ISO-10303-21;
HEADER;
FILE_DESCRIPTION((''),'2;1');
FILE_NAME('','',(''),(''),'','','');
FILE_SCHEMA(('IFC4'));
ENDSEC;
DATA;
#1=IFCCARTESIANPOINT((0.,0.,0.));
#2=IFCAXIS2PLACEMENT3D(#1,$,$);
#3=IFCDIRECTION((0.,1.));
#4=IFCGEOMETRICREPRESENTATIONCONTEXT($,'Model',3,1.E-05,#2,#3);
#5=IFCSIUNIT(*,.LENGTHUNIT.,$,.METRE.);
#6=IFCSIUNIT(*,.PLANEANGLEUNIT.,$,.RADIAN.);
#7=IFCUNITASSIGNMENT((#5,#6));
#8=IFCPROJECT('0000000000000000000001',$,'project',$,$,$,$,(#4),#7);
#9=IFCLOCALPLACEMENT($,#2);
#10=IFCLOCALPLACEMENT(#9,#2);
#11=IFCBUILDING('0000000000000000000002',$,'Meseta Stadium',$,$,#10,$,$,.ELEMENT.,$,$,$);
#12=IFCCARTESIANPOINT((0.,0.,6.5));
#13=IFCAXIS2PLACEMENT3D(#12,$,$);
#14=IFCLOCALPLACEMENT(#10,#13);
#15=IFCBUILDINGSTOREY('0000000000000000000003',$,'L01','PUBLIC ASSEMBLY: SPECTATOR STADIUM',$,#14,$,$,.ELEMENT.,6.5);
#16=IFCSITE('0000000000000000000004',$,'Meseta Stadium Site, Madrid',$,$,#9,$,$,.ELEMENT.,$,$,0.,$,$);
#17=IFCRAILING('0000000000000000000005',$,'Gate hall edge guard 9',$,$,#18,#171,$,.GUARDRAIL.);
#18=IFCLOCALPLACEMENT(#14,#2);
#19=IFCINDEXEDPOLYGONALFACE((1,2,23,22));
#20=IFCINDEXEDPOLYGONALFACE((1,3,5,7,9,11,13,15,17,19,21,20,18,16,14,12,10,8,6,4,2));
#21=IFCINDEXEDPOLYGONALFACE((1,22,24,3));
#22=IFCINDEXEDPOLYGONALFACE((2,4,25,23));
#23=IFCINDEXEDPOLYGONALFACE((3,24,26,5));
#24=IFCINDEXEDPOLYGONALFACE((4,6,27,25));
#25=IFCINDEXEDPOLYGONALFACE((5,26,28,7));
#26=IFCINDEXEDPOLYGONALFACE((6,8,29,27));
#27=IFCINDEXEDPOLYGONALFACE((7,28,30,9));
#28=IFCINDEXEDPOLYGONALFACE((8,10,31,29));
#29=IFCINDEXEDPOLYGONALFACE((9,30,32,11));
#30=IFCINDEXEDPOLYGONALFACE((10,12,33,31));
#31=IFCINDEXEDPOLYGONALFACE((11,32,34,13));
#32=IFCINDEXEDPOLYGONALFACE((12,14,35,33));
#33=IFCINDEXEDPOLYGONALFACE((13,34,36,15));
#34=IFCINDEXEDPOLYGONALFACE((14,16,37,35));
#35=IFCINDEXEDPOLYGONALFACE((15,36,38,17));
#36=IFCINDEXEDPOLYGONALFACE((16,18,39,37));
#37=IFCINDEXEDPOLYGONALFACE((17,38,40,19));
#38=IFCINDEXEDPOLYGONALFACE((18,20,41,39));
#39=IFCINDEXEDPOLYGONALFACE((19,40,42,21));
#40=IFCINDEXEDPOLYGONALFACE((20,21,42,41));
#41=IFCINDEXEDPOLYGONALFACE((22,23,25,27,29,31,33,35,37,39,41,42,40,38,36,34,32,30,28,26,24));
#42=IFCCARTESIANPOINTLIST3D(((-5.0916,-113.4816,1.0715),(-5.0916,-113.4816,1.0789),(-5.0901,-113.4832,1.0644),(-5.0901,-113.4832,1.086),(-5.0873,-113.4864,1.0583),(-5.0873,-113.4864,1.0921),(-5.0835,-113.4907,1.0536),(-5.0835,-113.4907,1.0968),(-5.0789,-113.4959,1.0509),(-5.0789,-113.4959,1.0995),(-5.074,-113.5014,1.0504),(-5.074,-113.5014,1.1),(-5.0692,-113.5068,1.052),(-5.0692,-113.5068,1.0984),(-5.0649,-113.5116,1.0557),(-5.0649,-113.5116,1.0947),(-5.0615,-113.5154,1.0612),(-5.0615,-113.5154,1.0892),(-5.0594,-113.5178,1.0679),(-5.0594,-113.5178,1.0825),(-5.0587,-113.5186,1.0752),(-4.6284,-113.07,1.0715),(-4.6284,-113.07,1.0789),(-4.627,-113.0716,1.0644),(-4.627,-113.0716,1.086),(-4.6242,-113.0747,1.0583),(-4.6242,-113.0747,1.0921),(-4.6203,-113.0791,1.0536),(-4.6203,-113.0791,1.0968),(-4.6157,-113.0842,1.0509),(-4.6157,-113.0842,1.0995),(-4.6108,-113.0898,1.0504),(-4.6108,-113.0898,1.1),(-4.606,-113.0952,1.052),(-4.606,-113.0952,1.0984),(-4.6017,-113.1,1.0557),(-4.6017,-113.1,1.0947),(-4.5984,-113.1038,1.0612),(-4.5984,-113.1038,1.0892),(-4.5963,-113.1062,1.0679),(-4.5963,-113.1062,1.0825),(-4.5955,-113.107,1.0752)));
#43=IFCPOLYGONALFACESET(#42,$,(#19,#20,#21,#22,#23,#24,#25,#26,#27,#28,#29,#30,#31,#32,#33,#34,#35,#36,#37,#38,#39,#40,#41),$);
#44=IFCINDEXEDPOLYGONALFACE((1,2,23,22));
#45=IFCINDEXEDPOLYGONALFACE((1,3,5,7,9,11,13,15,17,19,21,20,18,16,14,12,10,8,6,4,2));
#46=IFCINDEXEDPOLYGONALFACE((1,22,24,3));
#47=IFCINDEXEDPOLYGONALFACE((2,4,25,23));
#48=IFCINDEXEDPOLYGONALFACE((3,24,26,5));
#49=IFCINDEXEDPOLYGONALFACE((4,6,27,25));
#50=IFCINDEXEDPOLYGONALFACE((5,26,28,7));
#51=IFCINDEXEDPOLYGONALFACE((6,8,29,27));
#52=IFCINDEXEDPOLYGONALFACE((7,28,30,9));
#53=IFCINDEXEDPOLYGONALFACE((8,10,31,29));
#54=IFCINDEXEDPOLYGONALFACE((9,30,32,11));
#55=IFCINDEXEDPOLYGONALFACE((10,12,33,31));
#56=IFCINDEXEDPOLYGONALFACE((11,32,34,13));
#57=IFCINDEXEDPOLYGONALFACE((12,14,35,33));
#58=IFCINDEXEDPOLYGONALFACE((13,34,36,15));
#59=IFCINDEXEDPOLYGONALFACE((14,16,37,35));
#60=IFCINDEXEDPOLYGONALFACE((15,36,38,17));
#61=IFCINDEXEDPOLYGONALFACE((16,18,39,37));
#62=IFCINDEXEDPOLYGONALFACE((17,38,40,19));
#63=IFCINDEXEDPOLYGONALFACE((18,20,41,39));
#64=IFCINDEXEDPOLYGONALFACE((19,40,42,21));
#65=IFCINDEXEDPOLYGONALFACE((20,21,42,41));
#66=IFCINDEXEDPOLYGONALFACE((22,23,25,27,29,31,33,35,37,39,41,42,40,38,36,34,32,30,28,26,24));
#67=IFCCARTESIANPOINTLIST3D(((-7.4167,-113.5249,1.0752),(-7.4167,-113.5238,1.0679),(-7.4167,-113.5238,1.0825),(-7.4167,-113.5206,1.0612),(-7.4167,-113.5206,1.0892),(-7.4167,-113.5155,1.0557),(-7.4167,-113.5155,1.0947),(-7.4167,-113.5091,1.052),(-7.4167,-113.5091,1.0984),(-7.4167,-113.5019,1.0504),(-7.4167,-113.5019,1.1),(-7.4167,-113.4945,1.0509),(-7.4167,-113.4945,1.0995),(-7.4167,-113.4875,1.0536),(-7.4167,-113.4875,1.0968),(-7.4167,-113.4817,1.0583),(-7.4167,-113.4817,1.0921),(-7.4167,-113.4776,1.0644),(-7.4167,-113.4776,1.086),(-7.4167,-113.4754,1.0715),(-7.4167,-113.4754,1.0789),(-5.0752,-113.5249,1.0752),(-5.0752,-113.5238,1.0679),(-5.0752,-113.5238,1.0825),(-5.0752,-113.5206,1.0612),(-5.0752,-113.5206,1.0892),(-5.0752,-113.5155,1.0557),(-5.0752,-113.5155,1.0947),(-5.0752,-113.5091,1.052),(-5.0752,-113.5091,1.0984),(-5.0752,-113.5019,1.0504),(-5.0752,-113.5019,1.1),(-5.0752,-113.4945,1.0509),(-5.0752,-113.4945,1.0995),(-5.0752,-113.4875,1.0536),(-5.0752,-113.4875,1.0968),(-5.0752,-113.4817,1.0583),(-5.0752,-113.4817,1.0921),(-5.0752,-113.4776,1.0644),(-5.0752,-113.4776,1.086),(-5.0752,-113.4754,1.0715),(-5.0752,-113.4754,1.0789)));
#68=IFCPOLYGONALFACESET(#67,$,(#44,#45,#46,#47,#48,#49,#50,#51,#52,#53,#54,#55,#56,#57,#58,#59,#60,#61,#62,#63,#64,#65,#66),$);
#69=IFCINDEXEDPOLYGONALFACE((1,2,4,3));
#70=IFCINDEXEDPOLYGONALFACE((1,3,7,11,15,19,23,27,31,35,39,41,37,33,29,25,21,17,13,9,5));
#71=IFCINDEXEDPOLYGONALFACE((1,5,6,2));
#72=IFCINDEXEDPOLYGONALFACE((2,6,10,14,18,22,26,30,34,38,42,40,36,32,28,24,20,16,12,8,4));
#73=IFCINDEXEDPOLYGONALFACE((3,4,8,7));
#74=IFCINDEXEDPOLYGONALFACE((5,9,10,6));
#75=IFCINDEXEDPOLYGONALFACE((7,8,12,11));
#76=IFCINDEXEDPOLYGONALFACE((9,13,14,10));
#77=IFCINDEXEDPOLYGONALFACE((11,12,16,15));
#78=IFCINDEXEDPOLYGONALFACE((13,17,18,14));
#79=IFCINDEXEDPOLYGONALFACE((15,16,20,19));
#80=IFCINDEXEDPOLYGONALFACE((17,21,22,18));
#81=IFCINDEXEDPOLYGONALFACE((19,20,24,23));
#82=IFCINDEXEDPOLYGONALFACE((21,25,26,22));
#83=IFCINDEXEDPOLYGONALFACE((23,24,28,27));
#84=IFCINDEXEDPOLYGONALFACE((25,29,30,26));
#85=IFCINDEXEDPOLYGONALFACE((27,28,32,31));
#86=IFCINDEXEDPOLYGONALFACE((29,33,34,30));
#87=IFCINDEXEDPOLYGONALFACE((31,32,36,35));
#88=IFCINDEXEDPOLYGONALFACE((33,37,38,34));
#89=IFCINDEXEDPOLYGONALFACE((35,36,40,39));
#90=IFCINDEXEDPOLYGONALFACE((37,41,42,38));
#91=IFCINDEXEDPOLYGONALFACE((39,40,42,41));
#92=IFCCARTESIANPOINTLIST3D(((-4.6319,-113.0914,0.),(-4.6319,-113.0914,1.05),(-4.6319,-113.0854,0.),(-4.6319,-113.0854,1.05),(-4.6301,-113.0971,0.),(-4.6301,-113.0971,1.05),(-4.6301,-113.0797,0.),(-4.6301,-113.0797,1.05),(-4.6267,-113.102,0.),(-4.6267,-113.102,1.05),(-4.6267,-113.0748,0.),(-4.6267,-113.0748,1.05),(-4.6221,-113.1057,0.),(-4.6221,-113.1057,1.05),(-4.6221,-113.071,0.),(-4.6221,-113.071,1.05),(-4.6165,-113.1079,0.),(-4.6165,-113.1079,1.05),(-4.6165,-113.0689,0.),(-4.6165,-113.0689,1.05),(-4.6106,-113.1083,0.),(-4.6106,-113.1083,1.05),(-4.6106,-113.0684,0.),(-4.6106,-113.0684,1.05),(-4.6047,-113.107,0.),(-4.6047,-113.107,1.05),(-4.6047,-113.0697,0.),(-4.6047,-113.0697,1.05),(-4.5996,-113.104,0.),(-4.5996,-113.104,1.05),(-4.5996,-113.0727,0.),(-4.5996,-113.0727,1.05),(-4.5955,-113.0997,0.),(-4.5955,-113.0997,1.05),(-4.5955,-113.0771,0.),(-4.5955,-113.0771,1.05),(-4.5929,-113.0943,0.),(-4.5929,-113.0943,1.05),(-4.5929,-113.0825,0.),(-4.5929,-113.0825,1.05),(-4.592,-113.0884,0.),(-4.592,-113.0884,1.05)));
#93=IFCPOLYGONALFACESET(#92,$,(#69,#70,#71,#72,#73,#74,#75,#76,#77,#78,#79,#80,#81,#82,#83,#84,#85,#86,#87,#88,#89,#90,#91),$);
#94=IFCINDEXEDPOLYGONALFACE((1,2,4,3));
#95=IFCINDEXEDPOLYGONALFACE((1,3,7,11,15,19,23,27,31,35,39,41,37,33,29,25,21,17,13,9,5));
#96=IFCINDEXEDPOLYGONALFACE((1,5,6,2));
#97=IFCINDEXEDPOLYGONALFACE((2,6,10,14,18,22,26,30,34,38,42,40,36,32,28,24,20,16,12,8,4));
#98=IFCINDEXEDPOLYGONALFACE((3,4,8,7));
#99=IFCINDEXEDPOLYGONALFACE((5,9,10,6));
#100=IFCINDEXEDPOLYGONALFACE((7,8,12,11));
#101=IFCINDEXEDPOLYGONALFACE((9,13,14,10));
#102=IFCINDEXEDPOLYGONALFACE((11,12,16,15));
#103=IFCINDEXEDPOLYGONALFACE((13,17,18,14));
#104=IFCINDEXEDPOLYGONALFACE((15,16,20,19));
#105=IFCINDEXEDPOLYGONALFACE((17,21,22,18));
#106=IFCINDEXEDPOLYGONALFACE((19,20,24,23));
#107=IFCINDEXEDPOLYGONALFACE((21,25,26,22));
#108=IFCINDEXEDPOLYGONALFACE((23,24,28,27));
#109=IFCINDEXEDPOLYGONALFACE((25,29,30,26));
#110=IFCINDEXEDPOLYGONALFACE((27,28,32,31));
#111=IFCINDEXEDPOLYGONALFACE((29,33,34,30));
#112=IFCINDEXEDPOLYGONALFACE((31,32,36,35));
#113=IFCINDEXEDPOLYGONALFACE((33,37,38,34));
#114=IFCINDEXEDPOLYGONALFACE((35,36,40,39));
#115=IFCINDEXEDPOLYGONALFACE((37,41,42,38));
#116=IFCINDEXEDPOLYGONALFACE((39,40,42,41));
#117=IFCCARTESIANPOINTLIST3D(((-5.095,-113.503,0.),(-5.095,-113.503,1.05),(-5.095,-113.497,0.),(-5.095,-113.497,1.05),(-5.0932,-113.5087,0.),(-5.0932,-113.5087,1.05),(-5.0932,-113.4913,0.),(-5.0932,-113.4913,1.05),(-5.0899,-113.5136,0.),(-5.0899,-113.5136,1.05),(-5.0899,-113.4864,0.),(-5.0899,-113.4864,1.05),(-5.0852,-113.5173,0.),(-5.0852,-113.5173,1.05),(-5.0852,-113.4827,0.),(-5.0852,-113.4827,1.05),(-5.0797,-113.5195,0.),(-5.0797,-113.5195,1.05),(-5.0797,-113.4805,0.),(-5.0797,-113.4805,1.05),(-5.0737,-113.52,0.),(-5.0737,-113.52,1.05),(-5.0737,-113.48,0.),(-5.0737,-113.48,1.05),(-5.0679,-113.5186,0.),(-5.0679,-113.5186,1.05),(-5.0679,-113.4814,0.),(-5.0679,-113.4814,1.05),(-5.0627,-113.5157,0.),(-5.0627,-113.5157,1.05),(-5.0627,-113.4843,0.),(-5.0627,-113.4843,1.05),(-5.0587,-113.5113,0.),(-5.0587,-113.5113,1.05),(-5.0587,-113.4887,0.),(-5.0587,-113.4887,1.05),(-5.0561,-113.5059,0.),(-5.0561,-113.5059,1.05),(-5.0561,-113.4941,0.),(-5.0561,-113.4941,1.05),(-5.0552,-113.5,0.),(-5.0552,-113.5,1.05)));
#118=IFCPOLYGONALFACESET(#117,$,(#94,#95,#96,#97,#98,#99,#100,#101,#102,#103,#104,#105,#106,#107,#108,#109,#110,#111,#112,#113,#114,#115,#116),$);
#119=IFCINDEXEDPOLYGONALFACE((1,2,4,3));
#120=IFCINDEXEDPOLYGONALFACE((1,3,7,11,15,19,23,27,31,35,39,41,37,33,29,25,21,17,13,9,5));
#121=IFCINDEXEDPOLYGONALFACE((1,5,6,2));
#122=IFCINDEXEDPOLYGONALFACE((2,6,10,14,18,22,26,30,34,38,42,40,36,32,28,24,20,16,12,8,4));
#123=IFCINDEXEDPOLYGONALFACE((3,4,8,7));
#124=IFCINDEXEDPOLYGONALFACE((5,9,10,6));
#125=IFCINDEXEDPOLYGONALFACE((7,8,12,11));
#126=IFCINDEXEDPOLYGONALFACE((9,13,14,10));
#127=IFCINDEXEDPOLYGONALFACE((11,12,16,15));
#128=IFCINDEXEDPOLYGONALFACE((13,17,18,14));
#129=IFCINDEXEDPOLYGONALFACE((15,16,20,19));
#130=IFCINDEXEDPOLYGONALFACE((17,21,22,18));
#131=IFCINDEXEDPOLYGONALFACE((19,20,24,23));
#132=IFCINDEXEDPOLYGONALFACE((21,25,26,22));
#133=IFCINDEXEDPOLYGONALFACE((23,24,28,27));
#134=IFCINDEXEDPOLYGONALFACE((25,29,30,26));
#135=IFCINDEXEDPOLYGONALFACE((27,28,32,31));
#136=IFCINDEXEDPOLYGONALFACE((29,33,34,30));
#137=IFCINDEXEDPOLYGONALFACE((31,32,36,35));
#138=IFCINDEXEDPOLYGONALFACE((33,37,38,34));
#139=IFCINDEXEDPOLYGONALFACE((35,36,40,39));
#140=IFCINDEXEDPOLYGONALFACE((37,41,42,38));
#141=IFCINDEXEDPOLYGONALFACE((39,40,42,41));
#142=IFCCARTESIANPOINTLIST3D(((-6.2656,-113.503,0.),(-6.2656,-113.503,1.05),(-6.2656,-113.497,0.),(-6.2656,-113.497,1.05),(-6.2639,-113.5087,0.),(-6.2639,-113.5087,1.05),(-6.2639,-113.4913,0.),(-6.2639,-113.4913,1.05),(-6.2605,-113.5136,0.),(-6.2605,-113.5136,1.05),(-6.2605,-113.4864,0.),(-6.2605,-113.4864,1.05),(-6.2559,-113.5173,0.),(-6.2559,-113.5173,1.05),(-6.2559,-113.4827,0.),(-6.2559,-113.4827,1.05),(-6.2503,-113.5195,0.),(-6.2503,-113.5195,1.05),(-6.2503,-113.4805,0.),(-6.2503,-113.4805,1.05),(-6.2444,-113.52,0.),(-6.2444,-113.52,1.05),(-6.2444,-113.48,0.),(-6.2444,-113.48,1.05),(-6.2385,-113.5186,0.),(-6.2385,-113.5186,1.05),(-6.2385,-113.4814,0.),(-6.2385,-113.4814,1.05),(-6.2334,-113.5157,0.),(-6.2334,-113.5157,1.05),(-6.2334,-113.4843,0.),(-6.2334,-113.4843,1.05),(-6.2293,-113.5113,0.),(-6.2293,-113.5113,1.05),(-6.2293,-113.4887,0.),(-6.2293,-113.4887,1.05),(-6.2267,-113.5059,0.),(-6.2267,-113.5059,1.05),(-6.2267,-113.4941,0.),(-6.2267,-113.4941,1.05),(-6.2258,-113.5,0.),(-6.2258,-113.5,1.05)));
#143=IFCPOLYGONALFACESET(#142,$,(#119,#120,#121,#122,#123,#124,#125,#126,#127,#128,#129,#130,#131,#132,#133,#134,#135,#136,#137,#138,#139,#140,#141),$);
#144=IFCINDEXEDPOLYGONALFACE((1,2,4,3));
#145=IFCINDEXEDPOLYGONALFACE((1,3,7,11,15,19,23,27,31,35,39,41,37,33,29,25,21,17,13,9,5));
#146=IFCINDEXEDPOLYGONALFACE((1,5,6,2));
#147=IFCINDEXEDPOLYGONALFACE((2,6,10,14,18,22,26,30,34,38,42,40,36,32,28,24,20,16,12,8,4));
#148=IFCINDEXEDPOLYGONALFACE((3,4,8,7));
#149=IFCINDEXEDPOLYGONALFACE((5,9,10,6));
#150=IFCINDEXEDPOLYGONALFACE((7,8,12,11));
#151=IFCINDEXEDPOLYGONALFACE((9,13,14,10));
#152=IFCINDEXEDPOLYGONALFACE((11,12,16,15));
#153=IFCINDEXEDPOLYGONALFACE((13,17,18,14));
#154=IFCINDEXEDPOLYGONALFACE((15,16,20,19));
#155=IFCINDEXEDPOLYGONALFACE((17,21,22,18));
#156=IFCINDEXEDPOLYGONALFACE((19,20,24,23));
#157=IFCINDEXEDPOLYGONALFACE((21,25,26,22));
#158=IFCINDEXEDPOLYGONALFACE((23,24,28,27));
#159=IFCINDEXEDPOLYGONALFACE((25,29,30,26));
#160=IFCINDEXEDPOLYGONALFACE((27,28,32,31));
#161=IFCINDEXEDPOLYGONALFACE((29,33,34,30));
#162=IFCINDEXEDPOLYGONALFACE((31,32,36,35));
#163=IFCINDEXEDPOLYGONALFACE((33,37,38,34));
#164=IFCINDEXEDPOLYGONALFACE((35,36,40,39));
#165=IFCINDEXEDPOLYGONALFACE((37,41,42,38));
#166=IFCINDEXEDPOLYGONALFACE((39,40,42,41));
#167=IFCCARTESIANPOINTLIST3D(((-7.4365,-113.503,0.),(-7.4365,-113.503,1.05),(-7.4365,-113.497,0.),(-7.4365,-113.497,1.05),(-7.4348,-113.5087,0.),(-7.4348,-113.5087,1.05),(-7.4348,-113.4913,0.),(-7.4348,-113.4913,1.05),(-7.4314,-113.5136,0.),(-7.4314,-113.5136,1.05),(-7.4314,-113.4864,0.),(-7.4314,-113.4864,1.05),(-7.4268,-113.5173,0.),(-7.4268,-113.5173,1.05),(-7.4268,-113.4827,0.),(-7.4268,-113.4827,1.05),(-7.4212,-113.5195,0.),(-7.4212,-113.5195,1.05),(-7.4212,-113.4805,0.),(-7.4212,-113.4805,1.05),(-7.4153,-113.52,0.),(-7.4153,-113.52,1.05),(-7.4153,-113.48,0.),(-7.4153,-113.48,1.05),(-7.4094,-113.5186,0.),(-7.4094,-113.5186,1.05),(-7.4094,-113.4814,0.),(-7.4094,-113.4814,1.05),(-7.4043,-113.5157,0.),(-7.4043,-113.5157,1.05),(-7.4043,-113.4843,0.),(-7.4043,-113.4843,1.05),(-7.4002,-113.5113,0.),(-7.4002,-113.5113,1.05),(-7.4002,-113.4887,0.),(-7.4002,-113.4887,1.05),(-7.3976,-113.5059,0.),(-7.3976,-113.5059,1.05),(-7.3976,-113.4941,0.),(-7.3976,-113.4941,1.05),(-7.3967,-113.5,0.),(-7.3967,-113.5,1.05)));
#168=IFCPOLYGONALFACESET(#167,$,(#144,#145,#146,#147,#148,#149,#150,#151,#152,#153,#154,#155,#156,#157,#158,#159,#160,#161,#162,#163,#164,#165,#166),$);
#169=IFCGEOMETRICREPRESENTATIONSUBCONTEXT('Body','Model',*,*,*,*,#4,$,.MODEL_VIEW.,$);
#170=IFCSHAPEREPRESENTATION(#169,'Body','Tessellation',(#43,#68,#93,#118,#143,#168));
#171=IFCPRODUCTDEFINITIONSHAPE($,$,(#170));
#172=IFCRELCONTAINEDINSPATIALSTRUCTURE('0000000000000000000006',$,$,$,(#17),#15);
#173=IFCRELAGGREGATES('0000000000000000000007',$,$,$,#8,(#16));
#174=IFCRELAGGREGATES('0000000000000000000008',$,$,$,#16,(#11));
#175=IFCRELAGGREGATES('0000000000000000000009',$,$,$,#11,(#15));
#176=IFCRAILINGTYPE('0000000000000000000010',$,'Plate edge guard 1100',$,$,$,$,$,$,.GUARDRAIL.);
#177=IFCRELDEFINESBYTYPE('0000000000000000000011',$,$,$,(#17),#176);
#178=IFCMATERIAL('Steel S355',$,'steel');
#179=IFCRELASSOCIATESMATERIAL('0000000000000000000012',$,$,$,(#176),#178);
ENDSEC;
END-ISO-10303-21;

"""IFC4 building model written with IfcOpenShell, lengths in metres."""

from ifc_helpers import new_model, si_unit, direction, frame, origin, origin_2d, place, context, subcontext, project, spatial, circle, extrude, material, type_object, element, save


model = new_model("IFC4")

# Units and contexts
model_context = context("Model", 3, precision=1e-05, world=origin(), true_north=direction((0.0, 1.0)))
body_context = subcontext(model_context, "Body", "Model", "MODEL_VIEW")
ifc_project = project(units=[si_unit("LENGTHUNIT", "METRE"), si_unit("PLANEANGLEUNIT", "RADIAN")], contexts=[model_context])

# Site, building, storey
site_placement = place(None, origin())
site = spatial("IfcSite", under=ifc_project, at=site_placement, Name="Meseta Stadium Site, Madrid", CompositionType="ELEMENT", RefElevation=0.0)
building_placement = place(site_placement, origin())
building = spatial("IfcBuilding", under=site, at=building_placement, Name="Meseta Stadium", CompositionType="ELEMENT")
storey_placement = place(building_placement, frame((0.0, 0.0, 6.5)))
storey = spatial("IfcBuildingStorey", under=building, at=storey_placement, Name="L01", Description="PUBLIC ASSEMBLY: SPECTATOR STADIUM", CompositionType="ELEMENT", Elevation=6.5)

# Railing
ifc_material_1 = material(Name="Steel S355", Category="steel")
railing_type = type_object("IfcRailingType", Name="Plate edge guard 1100", PredefinedType="GUARDRAIL", material=ifc_material_1)
railing_placement = place(storey_placement, frame((-4.6121, -113.0884, 0.0)))
element("IfcRailing", 1, at=railing_placement, inside=storey, type_object=railing_type, Name="Gate hall edge guard 9", PredefinedType="GUARDRAIL", context=body_context, shape_type="SweptSolid", body=[
    extrude(circle(Radius=0.0249, at=origin_2d()), frame((0.0, 0.0, 1.0752), z_axis=(-0.747453, -0.664315, 0.0), x_axis=(0.664315, -0.747453, 0.0)), (0.0, 0.0, 1.0), 0.6196),
    extrude(circle(Radius=0.0249, at=origin_2d()), frame((-0.4631, -0.4116, 1.0752), z_axis=(-1.0, 0.0, 0.0), x_axis=(0.0, -1.0, 0.0)), (0.0, 0.0, 1.0), 2.3416),
    extrude(circle(Radius=0.02, at=origin_2d()), origin(), (0.0, 0.0, 1.0), 1.05),
    extrude(circle(Radius=0.02, at=origin_2d()), frame((-0.4631, -0.4116, 0.0)), (0.0, 0.0, 1.0), 1.05),
    extrude(circle(Radius=0.02, at=origin_2d()), frame((-1.6338, -0.4116, 0.0)), (0.0, 0.0, 1.0), 1.05),
    extrude(circle(Radius=0.02, at=origin_2d()), frame((-2.8047, -0.4116, 0.0)), (0.0, 0.0, 1.0), 1.05),
])

save(model, "model.ifc")
